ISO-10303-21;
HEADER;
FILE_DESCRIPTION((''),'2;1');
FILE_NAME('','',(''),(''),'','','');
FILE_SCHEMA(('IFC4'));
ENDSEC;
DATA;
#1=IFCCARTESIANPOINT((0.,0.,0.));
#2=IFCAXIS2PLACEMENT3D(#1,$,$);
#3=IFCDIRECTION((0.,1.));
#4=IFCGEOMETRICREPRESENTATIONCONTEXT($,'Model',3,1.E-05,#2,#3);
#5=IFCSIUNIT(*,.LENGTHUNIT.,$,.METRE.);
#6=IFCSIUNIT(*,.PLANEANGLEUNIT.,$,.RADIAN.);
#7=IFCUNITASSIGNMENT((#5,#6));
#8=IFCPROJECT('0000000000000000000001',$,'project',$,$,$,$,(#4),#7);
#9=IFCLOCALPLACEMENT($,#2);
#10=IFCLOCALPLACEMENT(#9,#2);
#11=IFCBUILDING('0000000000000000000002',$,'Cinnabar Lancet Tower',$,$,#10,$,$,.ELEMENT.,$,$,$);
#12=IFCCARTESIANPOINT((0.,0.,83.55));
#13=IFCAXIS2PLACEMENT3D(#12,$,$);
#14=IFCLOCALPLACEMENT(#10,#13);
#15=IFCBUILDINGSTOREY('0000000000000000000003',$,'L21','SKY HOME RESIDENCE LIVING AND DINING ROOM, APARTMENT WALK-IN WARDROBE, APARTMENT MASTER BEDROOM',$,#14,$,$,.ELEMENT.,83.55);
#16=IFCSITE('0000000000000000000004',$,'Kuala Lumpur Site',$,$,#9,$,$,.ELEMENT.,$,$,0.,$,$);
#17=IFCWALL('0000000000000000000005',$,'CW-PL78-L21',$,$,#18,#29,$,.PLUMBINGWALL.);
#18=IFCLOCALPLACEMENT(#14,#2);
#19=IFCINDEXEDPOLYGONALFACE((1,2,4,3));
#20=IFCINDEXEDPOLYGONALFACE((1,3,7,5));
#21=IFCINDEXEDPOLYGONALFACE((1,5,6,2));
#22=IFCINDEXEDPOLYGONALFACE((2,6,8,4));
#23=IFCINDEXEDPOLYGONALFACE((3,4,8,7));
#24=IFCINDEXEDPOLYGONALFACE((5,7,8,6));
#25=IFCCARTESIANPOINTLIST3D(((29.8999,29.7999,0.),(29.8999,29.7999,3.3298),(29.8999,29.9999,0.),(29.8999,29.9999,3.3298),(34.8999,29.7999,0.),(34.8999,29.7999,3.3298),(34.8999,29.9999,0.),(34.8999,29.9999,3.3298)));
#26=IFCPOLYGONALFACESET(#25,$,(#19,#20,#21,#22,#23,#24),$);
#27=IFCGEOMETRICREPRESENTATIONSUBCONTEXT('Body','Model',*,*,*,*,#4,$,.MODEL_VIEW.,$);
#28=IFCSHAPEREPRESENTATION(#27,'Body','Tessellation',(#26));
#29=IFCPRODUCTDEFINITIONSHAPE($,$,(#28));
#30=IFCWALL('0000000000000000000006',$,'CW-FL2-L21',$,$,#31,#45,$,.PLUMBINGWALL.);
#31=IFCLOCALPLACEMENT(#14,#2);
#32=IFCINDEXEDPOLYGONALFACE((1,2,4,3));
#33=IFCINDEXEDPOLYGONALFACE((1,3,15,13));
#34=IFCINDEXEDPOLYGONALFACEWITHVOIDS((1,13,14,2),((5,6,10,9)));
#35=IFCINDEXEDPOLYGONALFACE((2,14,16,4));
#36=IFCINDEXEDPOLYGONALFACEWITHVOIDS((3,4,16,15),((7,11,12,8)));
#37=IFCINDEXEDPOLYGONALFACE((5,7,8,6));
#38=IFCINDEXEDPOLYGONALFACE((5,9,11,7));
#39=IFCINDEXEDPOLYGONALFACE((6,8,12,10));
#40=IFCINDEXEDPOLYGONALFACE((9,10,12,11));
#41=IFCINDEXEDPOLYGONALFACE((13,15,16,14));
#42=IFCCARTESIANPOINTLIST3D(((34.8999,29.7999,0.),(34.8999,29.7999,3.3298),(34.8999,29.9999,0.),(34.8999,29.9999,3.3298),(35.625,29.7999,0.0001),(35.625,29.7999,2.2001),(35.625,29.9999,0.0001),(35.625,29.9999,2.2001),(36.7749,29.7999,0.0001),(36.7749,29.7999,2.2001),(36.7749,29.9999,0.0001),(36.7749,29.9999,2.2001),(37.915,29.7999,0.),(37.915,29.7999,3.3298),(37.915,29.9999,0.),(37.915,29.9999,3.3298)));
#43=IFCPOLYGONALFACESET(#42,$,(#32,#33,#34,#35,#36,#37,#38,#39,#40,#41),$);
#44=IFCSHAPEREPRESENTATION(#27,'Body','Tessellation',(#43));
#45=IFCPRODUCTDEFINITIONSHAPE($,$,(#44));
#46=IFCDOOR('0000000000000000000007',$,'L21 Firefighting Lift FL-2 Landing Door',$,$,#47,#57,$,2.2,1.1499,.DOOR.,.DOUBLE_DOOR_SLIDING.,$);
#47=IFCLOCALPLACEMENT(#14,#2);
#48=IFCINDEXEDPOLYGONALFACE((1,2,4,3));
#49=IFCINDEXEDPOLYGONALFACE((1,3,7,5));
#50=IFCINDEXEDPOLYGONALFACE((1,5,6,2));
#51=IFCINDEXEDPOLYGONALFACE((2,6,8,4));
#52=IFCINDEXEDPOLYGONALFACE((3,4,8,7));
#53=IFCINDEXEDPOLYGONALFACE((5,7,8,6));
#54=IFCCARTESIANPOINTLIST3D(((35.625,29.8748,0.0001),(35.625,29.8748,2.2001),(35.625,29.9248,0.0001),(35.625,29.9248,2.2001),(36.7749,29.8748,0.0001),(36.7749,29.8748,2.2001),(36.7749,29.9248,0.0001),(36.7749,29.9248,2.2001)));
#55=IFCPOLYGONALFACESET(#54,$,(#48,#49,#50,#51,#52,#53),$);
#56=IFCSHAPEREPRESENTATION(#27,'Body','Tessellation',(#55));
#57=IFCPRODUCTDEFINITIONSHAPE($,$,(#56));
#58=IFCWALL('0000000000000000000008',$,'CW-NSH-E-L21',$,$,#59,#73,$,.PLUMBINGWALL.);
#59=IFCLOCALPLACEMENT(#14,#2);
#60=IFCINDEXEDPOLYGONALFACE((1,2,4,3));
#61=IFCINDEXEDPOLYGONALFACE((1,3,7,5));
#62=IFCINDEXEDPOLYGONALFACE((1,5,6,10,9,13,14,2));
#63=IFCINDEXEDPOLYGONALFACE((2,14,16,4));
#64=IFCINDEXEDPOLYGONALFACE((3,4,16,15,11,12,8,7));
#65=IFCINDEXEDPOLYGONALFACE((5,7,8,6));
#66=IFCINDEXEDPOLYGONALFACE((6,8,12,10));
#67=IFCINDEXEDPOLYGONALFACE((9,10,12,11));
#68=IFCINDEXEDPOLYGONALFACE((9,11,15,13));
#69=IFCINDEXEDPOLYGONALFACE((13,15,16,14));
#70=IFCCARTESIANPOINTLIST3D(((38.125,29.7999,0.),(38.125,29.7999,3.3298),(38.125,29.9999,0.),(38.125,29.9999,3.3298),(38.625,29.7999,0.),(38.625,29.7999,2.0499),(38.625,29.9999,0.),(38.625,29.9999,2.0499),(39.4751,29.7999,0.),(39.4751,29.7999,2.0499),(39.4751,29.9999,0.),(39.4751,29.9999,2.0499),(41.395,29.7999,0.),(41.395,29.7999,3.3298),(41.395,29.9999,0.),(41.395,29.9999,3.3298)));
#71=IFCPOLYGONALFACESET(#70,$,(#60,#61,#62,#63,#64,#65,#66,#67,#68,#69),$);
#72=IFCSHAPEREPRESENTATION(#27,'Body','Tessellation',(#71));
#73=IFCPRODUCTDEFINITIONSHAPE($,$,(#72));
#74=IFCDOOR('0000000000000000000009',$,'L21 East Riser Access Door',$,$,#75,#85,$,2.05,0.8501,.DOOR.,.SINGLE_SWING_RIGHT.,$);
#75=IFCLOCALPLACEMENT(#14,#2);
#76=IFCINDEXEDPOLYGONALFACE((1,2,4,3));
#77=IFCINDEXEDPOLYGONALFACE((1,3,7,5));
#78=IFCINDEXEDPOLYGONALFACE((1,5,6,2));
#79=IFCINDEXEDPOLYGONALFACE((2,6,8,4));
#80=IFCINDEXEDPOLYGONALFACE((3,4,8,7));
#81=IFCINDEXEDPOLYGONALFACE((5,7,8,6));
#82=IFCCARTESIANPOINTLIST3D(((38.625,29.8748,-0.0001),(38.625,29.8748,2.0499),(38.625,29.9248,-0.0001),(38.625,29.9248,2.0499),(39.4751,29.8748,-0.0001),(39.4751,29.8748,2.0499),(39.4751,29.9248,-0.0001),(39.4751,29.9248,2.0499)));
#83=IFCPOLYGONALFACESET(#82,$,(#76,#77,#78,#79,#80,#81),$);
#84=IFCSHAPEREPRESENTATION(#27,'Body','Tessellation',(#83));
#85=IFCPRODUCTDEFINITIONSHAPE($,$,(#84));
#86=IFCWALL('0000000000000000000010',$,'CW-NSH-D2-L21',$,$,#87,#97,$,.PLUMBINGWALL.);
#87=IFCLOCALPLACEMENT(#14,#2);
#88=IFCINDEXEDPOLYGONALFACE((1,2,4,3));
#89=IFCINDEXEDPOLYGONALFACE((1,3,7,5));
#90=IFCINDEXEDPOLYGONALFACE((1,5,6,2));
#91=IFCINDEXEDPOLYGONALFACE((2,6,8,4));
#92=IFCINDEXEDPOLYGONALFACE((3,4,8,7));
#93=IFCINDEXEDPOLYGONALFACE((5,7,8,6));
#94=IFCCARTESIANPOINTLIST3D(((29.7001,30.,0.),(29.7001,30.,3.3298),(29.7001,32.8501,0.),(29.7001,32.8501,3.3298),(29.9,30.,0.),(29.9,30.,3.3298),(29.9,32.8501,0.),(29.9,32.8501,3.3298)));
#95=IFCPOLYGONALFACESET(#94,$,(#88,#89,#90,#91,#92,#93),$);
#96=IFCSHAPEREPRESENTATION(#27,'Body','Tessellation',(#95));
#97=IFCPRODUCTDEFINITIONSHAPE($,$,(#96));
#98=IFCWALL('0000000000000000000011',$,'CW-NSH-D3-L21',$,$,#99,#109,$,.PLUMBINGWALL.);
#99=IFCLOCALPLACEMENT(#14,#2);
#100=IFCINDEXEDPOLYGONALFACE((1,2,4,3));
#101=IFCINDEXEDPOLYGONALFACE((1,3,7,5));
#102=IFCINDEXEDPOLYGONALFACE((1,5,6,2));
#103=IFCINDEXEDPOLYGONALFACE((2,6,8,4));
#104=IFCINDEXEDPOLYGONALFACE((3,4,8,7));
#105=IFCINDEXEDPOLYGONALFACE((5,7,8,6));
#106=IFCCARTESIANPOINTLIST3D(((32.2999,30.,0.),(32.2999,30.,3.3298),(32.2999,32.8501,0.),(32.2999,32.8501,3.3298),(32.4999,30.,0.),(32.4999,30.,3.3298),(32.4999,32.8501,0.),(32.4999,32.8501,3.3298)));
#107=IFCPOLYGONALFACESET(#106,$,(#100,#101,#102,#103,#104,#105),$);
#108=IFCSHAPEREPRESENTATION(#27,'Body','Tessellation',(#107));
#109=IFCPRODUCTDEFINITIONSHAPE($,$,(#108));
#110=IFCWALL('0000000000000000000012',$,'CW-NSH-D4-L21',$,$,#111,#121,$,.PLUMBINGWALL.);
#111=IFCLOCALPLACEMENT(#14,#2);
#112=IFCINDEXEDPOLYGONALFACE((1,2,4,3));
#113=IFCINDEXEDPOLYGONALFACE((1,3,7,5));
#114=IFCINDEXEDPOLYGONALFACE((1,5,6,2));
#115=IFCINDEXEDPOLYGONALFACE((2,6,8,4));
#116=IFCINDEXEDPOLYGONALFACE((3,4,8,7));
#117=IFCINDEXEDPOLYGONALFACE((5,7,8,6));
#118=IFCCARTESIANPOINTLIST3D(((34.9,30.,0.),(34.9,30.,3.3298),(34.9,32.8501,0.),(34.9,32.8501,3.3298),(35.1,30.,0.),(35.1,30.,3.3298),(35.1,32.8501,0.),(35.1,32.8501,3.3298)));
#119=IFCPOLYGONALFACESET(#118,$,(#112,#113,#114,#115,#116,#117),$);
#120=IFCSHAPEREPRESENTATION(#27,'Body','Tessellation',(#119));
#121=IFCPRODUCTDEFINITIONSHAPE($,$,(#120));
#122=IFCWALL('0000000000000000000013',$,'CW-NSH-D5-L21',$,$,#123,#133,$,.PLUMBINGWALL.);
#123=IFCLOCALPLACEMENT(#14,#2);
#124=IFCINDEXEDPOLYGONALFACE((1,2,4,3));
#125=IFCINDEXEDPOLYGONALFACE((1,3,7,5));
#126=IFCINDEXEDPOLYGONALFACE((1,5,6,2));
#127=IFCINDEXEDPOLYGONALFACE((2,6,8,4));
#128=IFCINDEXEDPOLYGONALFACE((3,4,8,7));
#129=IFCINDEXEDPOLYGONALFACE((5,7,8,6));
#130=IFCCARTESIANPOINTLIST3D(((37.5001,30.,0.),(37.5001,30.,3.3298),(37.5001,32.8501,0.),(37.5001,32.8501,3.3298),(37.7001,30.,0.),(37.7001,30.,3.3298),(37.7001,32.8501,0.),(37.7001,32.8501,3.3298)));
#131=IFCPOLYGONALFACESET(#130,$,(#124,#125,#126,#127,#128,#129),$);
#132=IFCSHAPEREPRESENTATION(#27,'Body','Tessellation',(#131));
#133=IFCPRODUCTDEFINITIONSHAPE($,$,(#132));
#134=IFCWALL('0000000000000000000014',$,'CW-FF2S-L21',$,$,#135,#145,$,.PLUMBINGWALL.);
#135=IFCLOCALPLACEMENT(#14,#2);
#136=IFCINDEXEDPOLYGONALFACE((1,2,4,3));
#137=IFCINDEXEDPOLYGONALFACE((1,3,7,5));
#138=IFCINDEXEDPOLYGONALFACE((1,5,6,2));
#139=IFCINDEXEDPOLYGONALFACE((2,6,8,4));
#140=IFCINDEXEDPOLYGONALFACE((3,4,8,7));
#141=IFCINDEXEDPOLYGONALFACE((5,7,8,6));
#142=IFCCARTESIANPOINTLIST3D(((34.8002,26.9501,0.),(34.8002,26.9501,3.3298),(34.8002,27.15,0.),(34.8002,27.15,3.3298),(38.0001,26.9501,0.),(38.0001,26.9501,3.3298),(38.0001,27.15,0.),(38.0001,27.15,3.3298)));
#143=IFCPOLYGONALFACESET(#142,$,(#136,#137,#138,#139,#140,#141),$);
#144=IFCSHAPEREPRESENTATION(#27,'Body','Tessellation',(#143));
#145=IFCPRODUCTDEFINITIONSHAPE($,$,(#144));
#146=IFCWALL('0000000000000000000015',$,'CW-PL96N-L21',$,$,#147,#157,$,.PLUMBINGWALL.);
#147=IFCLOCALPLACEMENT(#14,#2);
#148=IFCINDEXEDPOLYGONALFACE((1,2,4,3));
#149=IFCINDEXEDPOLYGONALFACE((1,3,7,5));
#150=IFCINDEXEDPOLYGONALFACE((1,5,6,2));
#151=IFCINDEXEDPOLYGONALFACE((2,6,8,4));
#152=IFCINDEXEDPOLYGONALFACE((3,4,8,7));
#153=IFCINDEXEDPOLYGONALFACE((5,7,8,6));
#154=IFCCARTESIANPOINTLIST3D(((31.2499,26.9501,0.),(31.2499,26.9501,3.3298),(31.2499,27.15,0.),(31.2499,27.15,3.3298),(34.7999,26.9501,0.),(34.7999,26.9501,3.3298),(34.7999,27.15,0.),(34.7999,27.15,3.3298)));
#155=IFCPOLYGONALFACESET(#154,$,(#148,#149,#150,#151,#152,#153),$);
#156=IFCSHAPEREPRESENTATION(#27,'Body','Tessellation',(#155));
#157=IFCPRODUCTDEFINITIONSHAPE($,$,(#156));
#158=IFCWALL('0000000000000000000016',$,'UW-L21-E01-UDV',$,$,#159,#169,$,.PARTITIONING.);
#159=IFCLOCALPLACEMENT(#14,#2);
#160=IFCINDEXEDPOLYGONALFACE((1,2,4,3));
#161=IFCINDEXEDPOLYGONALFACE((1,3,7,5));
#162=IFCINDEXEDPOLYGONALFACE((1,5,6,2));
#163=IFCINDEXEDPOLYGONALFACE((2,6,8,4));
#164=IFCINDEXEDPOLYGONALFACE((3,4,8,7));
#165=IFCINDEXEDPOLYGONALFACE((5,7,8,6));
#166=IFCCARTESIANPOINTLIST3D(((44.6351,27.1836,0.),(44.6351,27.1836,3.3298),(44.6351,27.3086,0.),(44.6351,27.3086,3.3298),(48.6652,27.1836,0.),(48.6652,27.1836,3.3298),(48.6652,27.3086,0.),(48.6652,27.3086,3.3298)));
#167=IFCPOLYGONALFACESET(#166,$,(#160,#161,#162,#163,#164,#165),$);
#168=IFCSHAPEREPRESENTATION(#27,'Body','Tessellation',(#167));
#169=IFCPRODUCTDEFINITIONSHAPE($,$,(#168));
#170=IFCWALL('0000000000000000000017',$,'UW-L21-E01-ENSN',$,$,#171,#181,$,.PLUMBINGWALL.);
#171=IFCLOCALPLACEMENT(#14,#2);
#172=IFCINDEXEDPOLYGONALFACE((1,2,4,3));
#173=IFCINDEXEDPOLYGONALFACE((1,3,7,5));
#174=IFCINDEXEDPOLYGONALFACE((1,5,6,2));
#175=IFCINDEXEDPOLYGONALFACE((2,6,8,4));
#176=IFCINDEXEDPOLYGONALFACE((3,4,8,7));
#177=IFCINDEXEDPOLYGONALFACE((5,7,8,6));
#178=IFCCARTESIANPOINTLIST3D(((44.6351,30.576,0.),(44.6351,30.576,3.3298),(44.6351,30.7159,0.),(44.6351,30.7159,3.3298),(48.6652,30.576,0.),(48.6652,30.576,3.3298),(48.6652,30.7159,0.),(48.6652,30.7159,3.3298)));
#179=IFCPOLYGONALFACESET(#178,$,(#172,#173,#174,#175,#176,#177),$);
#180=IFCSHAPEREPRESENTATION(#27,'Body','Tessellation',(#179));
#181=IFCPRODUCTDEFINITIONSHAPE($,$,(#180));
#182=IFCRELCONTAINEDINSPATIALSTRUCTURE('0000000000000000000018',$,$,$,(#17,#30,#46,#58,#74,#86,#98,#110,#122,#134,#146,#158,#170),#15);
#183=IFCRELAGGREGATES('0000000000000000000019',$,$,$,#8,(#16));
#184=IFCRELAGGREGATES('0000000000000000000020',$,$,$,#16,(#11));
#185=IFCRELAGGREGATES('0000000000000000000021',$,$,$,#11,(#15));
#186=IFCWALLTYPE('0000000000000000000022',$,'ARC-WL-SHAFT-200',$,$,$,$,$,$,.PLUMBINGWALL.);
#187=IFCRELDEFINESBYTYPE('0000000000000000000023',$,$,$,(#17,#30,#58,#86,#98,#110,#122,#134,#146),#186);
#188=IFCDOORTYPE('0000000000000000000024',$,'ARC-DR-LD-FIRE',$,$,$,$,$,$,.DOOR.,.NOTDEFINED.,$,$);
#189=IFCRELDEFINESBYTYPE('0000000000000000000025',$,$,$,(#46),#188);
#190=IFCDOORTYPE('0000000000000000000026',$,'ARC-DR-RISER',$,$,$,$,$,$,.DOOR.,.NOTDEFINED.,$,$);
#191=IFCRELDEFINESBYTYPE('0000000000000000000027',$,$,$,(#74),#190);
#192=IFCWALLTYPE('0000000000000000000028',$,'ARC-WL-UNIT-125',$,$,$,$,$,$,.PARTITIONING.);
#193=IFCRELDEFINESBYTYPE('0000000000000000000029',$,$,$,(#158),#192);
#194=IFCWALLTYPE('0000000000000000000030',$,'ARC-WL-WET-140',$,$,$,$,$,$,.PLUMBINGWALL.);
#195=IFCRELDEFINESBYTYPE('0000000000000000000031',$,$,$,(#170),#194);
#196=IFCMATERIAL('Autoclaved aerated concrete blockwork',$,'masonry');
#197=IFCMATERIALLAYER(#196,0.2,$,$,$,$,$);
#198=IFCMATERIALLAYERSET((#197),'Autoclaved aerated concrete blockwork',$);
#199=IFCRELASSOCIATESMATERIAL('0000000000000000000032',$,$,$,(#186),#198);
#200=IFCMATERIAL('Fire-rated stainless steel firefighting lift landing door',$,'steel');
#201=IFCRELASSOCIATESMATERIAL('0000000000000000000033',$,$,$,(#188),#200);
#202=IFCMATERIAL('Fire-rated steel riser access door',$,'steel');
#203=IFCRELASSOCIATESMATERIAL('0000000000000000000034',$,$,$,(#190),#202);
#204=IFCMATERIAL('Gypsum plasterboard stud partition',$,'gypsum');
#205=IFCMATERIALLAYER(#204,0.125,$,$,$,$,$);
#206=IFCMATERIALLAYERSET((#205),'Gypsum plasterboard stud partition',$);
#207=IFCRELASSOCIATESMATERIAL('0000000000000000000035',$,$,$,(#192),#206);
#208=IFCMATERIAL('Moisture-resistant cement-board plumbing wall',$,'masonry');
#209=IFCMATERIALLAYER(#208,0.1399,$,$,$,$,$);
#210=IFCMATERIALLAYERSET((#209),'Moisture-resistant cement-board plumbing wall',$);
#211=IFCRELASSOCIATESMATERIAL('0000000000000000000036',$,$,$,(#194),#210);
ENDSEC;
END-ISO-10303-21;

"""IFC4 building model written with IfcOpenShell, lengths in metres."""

from ifc_helpers import new_model, si_unit, direction, frame, frame_2d, origin, place, context, subcontext, project, spatial, rectangle, extrude, material, layer, layer_set, type_object, element, fill, save


model = new_model("IFC4")

# Units and contexts
model_context = context("Model", 3, precision=1e-05, world=origin(), true_north=direction((0.0, 1.0)))
body_context = subcontext(model_context, "Body", "Model", "MODEL_VIEW")
ifc_project = project(units=[si_unit("LENGTHUNIT", "METRE"), si_unit("PLANEANGLEUNIT", "RADIAN")], contexts=[model_context])

# Site, building, storey
site_placement = place(None, origin())
site = spatial("IfcSite", under=ifc_project, at=site_placement, Name="Kuala Lumpur Site", CompositionType="ELEMENT", RefElevation=0.0)
building_placement = place(site_placement, origin())
building = spatial("IfcBuilding", under=site, at=building_placement, Name="Cinnabar Lancet Tower", CompositionType="ELEMENT")
storey_placement = place(building_placement, frame((0.0, 0.0, 83.55)))
storey = spatial("IfcBuildingStorey", under=building, at=storey_placement, Name="L21", Description="SKY HOME RESIDENCE LIVING AND DINING ROOM, APARTMENT WALK-IN WARDROBE, APARTMENT MASTER BEDROOM", CompositionType="ELEMENT", Elevation=83.55)

# Wall
ifc_material_1 = material(Name="Autoclaved aerated concrete blockwork", Category="masonry")
ifc_layer_1 = layer(ifc_material_1, 0.2)
ifc_layer_set_1 = layer_set([ifc_layer_1], Name="Autoclaved aerated concrete blockwork")
wall_type_1 = type_object("IfcWallType", Name="ARC-WL-SHAFT-200", PredefinedType="PLUMBINGWALL", material=ifc_layer_set_1)
wall_1_placement = place(storey_placement, frame((29.8999, 29.8999, 0.0), z_axis=(0.0, 0.0, 1.0), x_axis=(1.0, 0.0, 0.0)))
element("IfcWall", 1, at=wall_1_placement, inside=storey, type_object=wall_type_1, Name="CW-PL78-L21", PredefinedType="PLUMBINGWALL", context=body_context, shape_type="SweptSolid", body=[
    extrude(rectangle(XDim=5.0, YDim=0.2, at=frame_2d((2.5, 0.0))), origin(), (0.0, 0.0, 1.0), 3.3298),
])

# Walls, openings, doors
wall_2_placement = place(storey_placement, frame((34.8999, 29.8999, 0.0), z_axis=(0.0, 0.0, 1.0), x_axis=(1.0, 0.0, 0.0)))
wall_2 = element("IfcWall", 2, at=wall_2_placement, inside=storey, type_object=wall_type_1, Name="CW-FL2-L21", PredefinedType="PLUMBINGWALL", context=body_context, shape_type="SweptSolid", body=[
    extrude(rectangle(XDim=3.0151, YDim=0.2, at=frame_2d((1.5076, 0.0))), origin(), (0.0, 0.0, 1.0), 3.3298),
])
opening_1_placement = place(wall_2_placement, frame((0.7251, 0.0, 0.0)))
opening_1 = element("IfcOpeningElement", 3, at=opening_1_placement, cuts=wall_2, PredefinedType="OPENING", context=body_context, shape_type="SweptSolid", body=[
    extrude(rectangle(XDim=1.1499, YDim=2.2, at=frame_2d((0.575, 1.1001))), frame((0.0, 0.1099, 0.0), z_axis=(0.0, -1.0, 0.0), x_axis=(1.0, 0.0, 0.0)), (0.0, 0.0, 1.0), 0.22),
])
ifc_material_2 = material(Name="Fire-rated stainless steel firefighting lift landing door", Category="steel")
door_type_1 = type_object("IfcDoorType", Name="ARC-DR-LD-FIRE", OperationType="NOTDEFINED", PredefinedType="DOOR", material=ifc_material_2)
door_1_placement = place(opening_1_placement, origin())
door_1 = element("IfcDoor", 4, at=door_1_placement, inside=storey, type_object=door_type_1, Name="L21 Firefighting Lift FL-2 Landing Door", OperationType="DOUBLE_DOOR_SLIDING", OverallHeight=2.2, OverallWidth=1.1499, PredefinedType="DOOR", context=body_context, shape_type="SweptSolid", body=[
    extrude(rectangle(XDim=1.1499, YDim=2.2, at=frame_2d((0.575, 1.1001))), frame((0.0, 0.0249, 0.0), z_axis=(0.0, -1.0, 0.0), x_axis=(1.0, 0.0, 0.0)), (0.0, 0.0, 1.0), 0.05),
])
fill(opening_1, door_1)
wall_3_placement = place(storey_placement, frame((38.125, 29.8999, 0.0), z_axis=(0.0, 0.0, 1.0), x_axis=(1.0, 0.0, 0.0)))
wall_3 = element("IfcWall", 5, at=wall_3_placement, inside=storey, type_object=wall_type_1, Name="CW-NSH-E-L21", PredefinedType="PLUMBINGWALL", context=body_context, shape_type="SweptSolid", body=[
    extrude(rectangle(XDim=3.27, YDim=0.2, at=frame_2d((1.635, 0.0))), origin(), (0.0, 0.0, 1.0), 3.3298),
])
opening_2_placement = place(wall_3_placement, frame((0.5, 0.0, 0.0)))
opening_2 = element("IfcOpeningElement", 6, at=opening_2_placement, cuts=wall_3, PredefinedType="OPENING", context=body_context, shape_type="SweptSolid", body=[
    extrude(rectangle(XDim=0.8501, YDim=2.05, at=frame_2d((0.425, 1.0249))), frame((0.0, 0.1099, 0.0), z_axis=(0.0, -1.0, 0.0), x_axis=(1.0, 0.0, 0.0)), (0.0, 0.0, 1.0), 0.22),
])
ifc_material_3 = material(Name="Fire-rated steel riser access door", Category="steel")
door_type_2 = type_object("IfcDoorType", Name="ARC-DR-RISER", OperationType="NOTDEFINED", PredefinedType="DOOR", material=ifc_material_3)
door_2_placement = place(opening_2_placement, origin())
door_2 = element("IfcDoor", 7, at=door_2_placement, inside=storey, type_object=door_type_2, Name="L21 East Riser Access Door", OperationType="SINGLE_SWING_RIGHT", OverallHeight=2.05, OverallWidth=0.8501, PredefinedType="DOOR", context=body_context, shape_type="SweptSolid", body=[
    extrude(rectangle(XDim=0.8501, YDim=2.05, at=frame_2d((0.425, 1.0249))), frame((0.0, 0.0249, 0.0), z_axis=(0.0, -1.0, 0.0), x_axis=(1.0, 0.0, 0.0)), (0.0, 0.0, 1.0), 0.05),
])
fill(opening_2, door_2)

# Walls
for number, where, z_axis, x_axis, name in (
    (8, (29.8, 30.0, 0.0), (0.0, 0.0, 1.0), (0.0, 1.0, 0.0), "CW-NSH-D2-L21"),
    (9, (32.3999, 30.0, 0.0), (0.0, 0.0, 1.0), (0.0, 1.0, 0.0), "CW-NSH-D3-L21"),
    (10, (35.0, 30.0, 0.0), (0.0, 0.0, 1.0), (0.0, 1.0, 0.0), "CW-NSH-D4-L21"),
    (11, (37.6001, 30.0, 0.0), (0.0, 0.0, 1.0), (0.0, 1.0, 0.0), "CW-NSH-D5-L21"),
):
    element("IfcWall", number, at=place(storey_placement, frame(where, z_axis=z_axis, x_axis=x_axis)), inside=storey, type_object=wall_type_1, Name=name, PredefinedType="PLUMBINGWALL", context=body_context, shape_type="SweptSolid", body=[
        extrude(rectangle(XDim=2.8501, YDim=0.2, at=frame_2d((1.425, 0.0))), origin(), (0.0, 0.0, 1.0), 3.3298),
    ])

# Walls
wall_4_placement = place(storey_placement, frame((34.8, 27.05, 0.0), z_axis=(0.0, 0.0, 1.0), x_axis=(1.0, 0.0, 0.0)))
element("IfcWall", 12, at=wall_4_placement, inside=storey, type_object=wall_type_1, Name="CW-FF2S-L21", PredefinedType="PLUMBINGWALL", context=body_context, shape_type="SweptSolid", body=[
    extrude(rectangle(XDim=3.2, YDim=0.2, at=frame_2d((1.6001, 0.0))), origin(), (0.0, 0.0, 1.0), 3.3298),
])
wall_5_placement = place(storey_placement, frame((31.25, 27.05, 0.0), z_axis=(0.0, 0.0, 1.0), x_axis=(1.0, 0.0, 0.0)))
element("IfcWall", 13, at=wall_5_placement, inside=storey, type_object=wall_type_1, Name="CW-PL96N-L21", PredefinedType="PLUMBINGWALL", context=body_context, shape_type="SweptSolid", body=[
    extrude(rectangle(XDim=3.55, YDim=0.2, at=frame_2d((1.7749, 0.0))), origin(), (0.0, 0.0, 1.0), 3.3298),
])
ifc_material_4 = material(Name="Gypsum plasterboard stud partition", Category="gypsum")
ifc_layer_2 = layer(ifc_material_4, 0.125)
ifc_layer_set_2 = layer_set([ifc_layer_2], Name="Gypsum plasterboard stud partition")
wall_type_2 = type_object("IfcWallType", Name="ARC-WL-UNIT-125", PredefinedType="PARTITIONING", material=ifc_layer_set_2)
wall_6_placement = place(storey_placement, frame((44.635, 27.2461, 0.0), z_axis=(0.0, 0.0, 1.0), x_axis=(1.0, 0.0, 0.0)))
element("IfcWall", 14, at=wall_6_placement, inside=storey, type_object=wall_type_2, Name="UW-L21-E01-UDV", PredefinedType="PARTITIONING", context=body_context, shape_type="SweptSolid", body=[
    extrude(rectangle(XDim=4.03, YDim=0.125, at=frame_2d((2.0151, 0.0))), origin(), (0.0, 0.0, 1.0), 3.3298),
])
ifc_material_5 = material(Name="Moisture-resistant cement-board plumbing wall", Category="masonry")
ifc_layer_3 = layer(ifc_material_5, 0.1399)
ifc_layer_set_3 = layer_set([ifc_layer_3], Name="Moisture-resistant cement-board plumbing wall")
wall_type_3 = type_object("IfcWallType", Name="ARC-WL-WET-140", PredefinedType="PLUMBINGWALL", material=ifc_layer_set_3)
wall_7_placement = place(storey_placement, frame((44.635, 30.646, 0.0), z_axis=(0.0, 0.0, 1.0), x_axis=(1.0, 0.0, 0.0)))
element("IfcWall", 15, at=wall_7_placement, inside=storey, type_object=wall_type_3, Name="UW-L21-E01-ENSN", PredefinedType="PLUMBINGWALL", context=body_context, shape_type="SweptSolid", body=[
    extrude(rectangle(XDim=4.03, YDim=0.1399, at=frame_2d((2.0151, 0.0))), origin(), (0.0, 0.0, 1.0), 3.3298),
])

save(model, "model.ifc")
